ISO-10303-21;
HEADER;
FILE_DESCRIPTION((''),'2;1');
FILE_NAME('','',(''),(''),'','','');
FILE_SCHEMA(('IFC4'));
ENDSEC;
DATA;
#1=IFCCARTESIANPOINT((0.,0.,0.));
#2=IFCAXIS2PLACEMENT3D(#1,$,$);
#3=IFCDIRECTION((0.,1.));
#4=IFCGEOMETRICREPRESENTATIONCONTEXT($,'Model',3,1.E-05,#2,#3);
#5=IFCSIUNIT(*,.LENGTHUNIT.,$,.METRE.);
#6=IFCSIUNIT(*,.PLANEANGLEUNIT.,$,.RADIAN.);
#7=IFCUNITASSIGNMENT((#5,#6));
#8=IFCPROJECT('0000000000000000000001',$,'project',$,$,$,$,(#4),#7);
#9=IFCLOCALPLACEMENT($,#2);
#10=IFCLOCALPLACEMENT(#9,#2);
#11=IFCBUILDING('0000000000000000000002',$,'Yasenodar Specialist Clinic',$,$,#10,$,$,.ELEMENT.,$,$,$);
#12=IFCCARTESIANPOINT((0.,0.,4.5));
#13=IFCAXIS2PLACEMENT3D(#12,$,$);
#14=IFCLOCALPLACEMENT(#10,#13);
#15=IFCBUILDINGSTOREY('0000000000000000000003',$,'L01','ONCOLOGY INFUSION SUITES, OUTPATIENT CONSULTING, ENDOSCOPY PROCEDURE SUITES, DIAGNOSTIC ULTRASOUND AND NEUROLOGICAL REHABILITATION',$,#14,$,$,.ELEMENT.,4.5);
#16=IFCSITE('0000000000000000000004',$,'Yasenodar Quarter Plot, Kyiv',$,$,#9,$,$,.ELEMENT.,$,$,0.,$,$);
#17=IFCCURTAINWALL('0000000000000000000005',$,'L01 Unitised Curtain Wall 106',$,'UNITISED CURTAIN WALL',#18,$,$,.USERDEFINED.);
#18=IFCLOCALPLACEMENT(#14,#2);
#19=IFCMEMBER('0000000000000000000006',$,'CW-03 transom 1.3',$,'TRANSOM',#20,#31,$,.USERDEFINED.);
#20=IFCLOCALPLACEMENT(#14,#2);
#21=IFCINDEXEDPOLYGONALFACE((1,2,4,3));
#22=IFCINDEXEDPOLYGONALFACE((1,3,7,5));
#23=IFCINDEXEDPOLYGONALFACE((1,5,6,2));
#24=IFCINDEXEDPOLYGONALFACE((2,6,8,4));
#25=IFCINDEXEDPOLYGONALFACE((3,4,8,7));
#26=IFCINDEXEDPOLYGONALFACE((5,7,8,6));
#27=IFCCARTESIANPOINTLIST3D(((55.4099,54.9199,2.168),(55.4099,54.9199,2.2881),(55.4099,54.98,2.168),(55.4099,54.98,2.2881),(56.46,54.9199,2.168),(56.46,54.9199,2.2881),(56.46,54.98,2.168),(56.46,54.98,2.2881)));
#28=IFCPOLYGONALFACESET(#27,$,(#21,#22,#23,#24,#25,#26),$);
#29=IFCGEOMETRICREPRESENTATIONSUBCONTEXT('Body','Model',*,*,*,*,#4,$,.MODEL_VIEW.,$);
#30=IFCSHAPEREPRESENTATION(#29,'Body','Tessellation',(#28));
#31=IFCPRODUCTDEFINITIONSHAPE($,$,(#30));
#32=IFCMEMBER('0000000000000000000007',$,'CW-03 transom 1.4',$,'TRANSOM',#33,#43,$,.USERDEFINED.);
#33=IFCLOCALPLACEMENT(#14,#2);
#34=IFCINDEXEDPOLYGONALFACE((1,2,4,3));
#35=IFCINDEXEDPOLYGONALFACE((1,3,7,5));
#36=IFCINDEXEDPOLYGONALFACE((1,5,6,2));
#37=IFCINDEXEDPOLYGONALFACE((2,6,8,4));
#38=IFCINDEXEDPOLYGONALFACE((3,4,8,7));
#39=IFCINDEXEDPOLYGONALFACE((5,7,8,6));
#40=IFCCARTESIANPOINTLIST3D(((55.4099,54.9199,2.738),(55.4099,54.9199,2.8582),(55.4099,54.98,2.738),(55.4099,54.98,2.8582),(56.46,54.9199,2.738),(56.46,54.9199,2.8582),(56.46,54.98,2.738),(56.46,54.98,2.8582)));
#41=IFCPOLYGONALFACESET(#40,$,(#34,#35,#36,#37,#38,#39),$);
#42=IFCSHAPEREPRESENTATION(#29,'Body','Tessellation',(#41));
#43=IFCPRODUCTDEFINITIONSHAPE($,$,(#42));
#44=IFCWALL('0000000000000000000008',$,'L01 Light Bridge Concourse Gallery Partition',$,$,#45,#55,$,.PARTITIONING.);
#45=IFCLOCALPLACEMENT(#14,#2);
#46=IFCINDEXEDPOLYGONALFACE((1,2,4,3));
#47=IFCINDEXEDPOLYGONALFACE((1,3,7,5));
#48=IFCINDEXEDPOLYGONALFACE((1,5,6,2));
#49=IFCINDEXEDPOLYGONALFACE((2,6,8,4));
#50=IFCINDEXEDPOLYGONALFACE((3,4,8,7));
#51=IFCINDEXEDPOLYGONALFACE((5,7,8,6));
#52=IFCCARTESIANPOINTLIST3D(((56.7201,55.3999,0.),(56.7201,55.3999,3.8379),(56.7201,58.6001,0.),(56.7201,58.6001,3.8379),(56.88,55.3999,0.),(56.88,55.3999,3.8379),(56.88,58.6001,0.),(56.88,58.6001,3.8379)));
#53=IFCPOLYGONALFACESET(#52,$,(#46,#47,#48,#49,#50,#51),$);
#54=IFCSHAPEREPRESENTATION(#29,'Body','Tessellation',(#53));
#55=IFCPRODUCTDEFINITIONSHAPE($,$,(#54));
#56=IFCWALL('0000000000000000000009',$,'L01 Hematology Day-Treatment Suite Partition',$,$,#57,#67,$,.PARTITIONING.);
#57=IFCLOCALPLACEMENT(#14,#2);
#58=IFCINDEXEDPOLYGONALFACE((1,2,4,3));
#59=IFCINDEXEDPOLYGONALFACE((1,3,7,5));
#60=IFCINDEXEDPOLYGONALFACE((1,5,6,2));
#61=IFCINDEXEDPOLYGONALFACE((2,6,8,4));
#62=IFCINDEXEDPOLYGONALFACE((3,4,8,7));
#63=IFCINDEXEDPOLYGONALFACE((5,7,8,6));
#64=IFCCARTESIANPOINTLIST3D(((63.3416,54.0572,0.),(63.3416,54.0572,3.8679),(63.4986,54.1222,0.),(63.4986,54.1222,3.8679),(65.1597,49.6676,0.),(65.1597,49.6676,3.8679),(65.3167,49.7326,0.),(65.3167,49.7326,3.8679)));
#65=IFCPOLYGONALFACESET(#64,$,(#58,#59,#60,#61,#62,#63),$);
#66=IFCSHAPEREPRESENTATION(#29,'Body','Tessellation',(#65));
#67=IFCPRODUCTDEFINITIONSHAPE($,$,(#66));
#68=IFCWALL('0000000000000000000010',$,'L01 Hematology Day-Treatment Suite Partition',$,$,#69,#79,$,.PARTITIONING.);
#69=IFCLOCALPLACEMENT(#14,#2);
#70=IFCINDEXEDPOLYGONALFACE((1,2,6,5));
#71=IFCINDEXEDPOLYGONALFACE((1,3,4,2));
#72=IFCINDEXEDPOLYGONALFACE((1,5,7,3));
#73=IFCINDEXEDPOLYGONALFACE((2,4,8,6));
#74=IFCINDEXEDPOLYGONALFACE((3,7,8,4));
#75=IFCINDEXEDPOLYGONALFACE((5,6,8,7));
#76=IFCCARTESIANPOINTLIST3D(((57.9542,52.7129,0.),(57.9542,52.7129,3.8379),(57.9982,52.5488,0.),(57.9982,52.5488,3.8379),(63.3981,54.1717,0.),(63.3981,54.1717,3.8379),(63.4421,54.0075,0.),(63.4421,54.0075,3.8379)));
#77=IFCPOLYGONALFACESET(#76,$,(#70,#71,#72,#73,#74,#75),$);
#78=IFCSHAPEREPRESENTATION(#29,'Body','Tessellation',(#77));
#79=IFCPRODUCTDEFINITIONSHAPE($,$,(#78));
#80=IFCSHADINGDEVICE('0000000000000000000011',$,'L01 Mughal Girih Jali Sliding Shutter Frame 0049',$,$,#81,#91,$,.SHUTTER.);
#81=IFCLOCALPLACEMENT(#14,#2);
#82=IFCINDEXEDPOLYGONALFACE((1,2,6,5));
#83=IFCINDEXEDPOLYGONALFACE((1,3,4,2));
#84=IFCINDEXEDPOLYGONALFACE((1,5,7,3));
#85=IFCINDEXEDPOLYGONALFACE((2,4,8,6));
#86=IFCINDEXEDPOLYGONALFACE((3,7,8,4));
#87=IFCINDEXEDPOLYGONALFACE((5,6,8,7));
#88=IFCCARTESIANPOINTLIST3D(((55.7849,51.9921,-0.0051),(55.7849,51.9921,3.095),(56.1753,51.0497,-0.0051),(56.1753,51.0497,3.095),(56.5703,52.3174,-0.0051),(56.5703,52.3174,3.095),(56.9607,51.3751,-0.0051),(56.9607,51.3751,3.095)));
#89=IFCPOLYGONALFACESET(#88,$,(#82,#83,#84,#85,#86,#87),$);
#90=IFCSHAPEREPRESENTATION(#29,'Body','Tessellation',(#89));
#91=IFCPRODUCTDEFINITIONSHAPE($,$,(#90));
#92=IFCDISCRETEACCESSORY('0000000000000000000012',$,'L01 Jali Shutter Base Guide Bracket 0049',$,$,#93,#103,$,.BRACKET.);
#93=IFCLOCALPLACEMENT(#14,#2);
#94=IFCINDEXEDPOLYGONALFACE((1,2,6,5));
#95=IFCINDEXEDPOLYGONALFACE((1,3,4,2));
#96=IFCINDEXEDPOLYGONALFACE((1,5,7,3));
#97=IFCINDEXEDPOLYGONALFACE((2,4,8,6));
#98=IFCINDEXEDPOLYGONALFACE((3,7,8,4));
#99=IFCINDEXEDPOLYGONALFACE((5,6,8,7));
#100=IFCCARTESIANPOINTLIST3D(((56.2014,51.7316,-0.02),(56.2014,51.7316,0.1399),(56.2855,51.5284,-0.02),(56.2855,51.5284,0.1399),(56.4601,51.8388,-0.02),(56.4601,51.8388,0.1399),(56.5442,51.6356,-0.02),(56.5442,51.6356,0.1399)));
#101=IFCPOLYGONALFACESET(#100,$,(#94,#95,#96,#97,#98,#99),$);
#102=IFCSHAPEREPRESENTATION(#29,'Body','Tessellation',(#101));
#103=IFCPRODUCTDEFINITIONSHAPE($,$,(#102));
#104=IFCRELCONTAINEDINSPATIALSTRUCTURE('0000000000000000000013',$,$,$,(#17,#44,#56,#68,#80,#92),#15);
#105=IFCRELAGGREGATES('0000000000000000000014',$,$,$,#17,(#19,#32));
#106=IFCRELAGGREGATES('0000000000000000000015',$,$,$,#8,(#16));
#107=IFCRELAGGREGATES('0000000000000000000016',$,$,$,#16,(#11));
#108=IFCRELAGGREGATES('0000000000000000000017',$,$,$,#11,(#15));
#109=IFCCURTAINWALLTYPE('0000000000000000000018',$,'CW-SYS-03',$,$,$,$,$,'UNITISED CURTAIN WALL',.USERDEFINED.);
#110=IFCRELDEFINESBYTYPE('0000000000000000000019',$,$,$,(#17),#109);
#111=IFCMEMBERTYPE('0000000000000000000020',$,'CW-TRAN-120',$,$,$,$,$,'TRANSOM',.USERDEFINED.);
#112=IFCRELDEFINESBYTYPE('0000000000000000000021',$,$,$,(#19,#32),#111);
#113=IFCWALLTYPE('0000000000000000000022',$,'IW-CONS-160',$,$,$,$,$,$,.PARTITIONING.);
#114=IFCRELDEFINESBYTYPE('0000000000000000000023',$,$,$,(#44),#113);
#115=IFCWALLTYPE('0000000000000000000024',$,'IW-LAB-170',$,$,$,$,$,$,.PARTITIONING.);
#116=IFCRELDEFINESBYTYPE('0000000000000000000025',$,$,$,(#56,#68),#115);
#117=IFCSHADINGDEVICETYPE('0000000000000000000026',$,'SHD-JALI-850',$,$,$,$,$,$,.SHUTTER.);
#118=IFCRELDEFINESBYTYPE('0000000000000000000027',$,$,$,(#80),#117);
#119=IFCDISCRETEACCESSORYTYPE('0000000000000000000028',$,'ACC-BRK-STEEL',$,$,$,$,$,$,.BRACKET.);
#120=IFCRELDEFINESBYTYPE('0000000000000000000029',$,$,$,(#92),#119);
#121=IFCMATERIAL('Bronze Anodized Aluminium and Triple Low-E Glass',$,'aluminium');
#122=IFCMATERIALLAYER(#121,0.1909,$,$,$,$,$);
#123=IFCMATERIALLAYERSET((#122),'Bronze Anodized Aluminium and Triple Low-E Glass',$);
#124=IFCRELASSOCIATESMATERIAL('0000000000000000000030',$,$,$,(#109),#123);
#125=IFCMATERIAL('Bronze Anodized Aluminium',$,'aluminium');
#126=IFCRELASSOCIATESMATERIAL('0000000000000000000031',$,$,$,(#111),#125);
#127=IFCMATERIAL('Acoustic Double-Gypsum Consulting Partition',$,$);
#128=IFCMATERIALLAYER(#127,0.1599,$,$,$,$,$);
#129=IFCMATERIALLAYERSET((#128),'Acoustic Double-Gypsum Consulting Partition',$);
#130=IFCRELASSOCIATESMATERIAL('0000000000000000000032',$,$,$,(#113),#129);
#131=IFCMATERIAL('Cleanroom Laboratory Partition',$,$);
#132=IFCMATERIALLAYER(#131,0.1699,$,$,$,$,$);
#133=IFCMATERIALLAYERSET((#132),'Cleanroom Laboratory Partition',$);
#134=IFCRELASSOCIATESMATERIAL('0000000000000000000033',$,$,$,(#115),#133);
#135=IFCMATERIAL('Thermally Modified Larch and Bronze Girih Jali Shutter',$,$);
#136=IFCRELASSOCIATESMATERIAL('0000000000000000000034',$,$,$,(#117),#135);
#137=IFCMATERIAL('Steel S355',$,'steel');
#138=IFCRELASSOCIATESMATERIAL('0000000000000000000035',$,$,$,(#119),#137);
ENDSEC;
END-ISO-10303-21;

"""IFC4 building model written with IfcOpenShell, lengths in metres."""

from ifc_helpers import new_model, si_unit, direction, frame, frame_2d, origin, origin_2d, place, context, subcontext, project, spatial, rectangle, extrude, material, layer, layer_set, material_profile, profile_set, type_object, element, aggregate, save


model = new_model("IFC4")

# Units and contexts
model_context = context("Model", 3, precision=1e-05, world=origin(), true_north=direction((0.0, 1.0)))
body_context = subcontext(model_context, "Body", "Model", "MODEL_VIEW")
ifc_project = project(units=[si_unit("LENGTHUNIT", "METRE"), si_unit("PLANEANGLEUNIT", "RADIAN")], contexts=[model_context])

# Site, building, storey
site_placement = place(None, origin())
site = spatial("IfcSite", under=ifc_project, at=site_placement, Name="Yasenodar Quarter Plot, Kyiv", CompositionType="ELEMENT", RefElevation=0.0)
building_placement = place(site_placement, origin())
building = spatial("IfcBuilding", under=site, at=building_placement, Name="Yasenodar Specialist Clinic", CompositionType="ELEMENT")
storey_placement = place(building_placement, frame((0.0, 0.0, 4.5)))
storey = spatial("IfcBuildingStorey", under=building, at=storey_placement, Name="L01", Description="ONCOLOGY INFUSION SUITES, OUTPATIENT CONSULTING, ENDOSCOPY PROCEDURE SUITES, DIAGNOSTIC ULTRASOUND AND NEUROLOGICAL REHABILITATION", CompositionType="ELEMENT", Elevation=4.5)

# Shared definitions
ifc_material_1 = material(Name="Steel S355", Category="steel")

# Curtain wall, members
ifc_material_2 = material(Name="Bronze Anodized Aluminium and Triple Low-E Glass", Category="aluminium")
ifc_layer_1 = layer(ifc_material_2, 0.1909)
ifc_layer_set_1 = layer_set([ifc_layer_1], Name="Bronze Anodized Aluminium and Triple Low-E Glass")
curtain_wall_type = type_object("IfcCurtainWallType", Name="CW-SYS-03", ElementType="UNITISED CURTAIN WALL", PredefinedType="USERDEFINED", material=ifc_layer_set_1)
curtain_wall_placement = place(storey_placement, origin())
curtain_wall = element("IfcCurtainWall", 1, at=curtain_wall_placement, inside=storey, type_object=curtain_wall_type, Name="L01 Unitised Curtain Wall 106", ObjectType="UNITISED CURTAIN WALL", PredefinedType="USERDEFINED")
ifc_material_3 = material(Name="Bronze Anodized Aluminium", Category="aluminium")
ifc_material_profile_1 = material_profile(ifc_material_3, rectangle(XDim=0.0601, YDim=0.1201, at=origin_2d()), Name="CW-TRAN 60x120")
ifc_profile_set_1 = profile_set([ifc_material_profile_1], Name="Bronze Anodized Aluminium")
member_type_1 = type_object("IfcMemberType", Name="CW-TRAN-120", ElementType="TRANSOM", PredefinedType="USERDEFINED", material=ifc_profile_set_1)
member_1_placement = place(storey_placement, frame((56.46, 54.95, 2.228), z_axis=(-1.0, 0.0, 0.0), x_axis=(0.0, -1.0, 0.0)))
member_1 = element("IfcMember", 2, at=member_1_placement, type_object=member_type_1, Name="CW-03 transom 1.3", ObjectType="TRANSOM", PredefinedType="USERDEFINED", context=body_context, shape_type="SweptSolid", body=[
    extrude(rectangle(XDim=0.0601, YDim=0.1201, at=origin_2d()), origin(), (0.0, 0.0, 1.0), 1.05),
])
member_2_placement = place(storey_placement, frame((56.46, 54.95, 2.7981), z_axis=(-1.0, 0.0, 0.0), x_axis=(0.0, -1.0, 0.0)))
member_2 = element("IfcMember", 3, at=member_2_placement, type_object=member_type_1, Name="CW-03 transom 1.4", ObjectType="TRANSOM", PredefinedType="USERDEFINED", context=body_context, shape_type="SweptSolid", body=[
    extrude(rectangle(XDim=0.0601, YDim=0.1201, at=origin_2d()), origin(), (0.0, 0.0, 1.0), 1.05),
])
aggregate(curtain_wall, [member_1, member_2])

# Walls
ifc_material_4 = material(Name="Acoustic Double-Gypsum Consulting Partition")
ifc_layer_2 = layer(ifc_material_4, 0.1599)
ifc_layer_set_2 = layer_set([ifc_layer_2], Name="Acoustic Double-Gypsum Consulting Partition")
wall_type_1 = type_object("IfcWallType", Name="IW-CONS-160", PredefinedType="PARTITIONING", material=ifc_layer_set_2)
wall_1_placement = place(storey_placement, frame((56.8, 58.6001, 0.0), z_axis=(0.0, 0.0, 1.0), x_axis=(0.0, -1.0, 0.0)))
element("IfcWall", 4, at=wall_1_placement, inside=storey, type_object=wall_type_1, Name="L01 Light Bridge Concourse Gallery Partition", PredefinedType="PARTITIONING", context=body_context, shape_type="SweptSolid", body=[
    extrude(rectangle(XDim=3.2002, YDim=0.1599, at=frame_2d((1.6001, 0.0))), origin(), (0.0, 0.0, 1.0), 3.8379),
])
ifc_material_5 = material(Name="Cleanroom Laboratory Partition")
ifc_layer_3 = layer(ifc_material_5, 0.1699)
ifc_layer_set_3 = layer_set([ifc_layer_3], Name="Cleanroom Laboratory Partition")
wall_type_2 = type_object("IfcWallType", Name="IW-LAB-170", PredefinedType="PARTITIONING", material=ifc_layer_set_3)
wall_2_placement = place(storey_placement, frame((63.4202, 54.0896, 0.0), z_axis=(0.0, 0.0, 1.0), x_axis=(0.382659, -0.92389, 0.0)))
element("IfcWall", 5, at=wall_2_placement, inside=storey, type_object=wall_type_2, Name="L01 Hematology Day-Treatment Suite Partition", PredefinedType="PARTITIONING", context=body_context, shape_type="SweptSolid", body=[
    extrude(rectangle(XDim=4.7512, YDim=0.1699, at=frame_2d((2.3755, 0.0))), origin(), (0.0, 0.0, 1.0), 3.8679),
])
wall_3_placement = place(storey_placement, frame((57.9763, 52.6309, 0.0), z_axis=(0.0, 0.0, 1.0), x_axis=(0.965923, 0.25883, 0.0)))
element("IfcWall", 6, at=wall_3_placement, inside=storey, type_object=wall_type_2, Name="L01 Hematology Day-Treatment Suite Partition", PredefinedType="PARTITIONING", context=body_context, shape_type="SweptSolid", body=[
    extrude(rectangle(XDim=5.636, YDim=0.1699, at=frame_2d((2.8179, 0.0))), origin(), (0.0, 0.0, 1.0), 3.8379),
])

# Shading device
ifc_material_6 = material(Name="Thermally Modified Larch and Bronze Girih Jali Shutter")
shading_device_type = type_object("IfcShadingDeviceType", Name="SHD-JALI-850", PredefinedType="SHUTTER", material=ifc_material_6)
shading_device_placement = place(storey_placement, frame((56.3728, 51.6836, -0.0051), z_axis=(0.0, 0.0, 1.0), x_axis=(0.382687, -0.923878, 0.0)))
element("IfcShadingDevice", 7, at=shading_device_placement, inside=storey, type_object=shading_device_type, Name="L01 Mughal Girih Jali Sliding Shutter Frame 0049", PredefinedType="SHUTTER", context=body_context, shape_type="SweptSolid", body=[
    extrude(rectangle(XDim=1.02, YDim=0.8501, at=origin_2d()), origin(), (0.0, 0.0, 1.0), 3.1001),
])

# Discrete accessory
discrete_accessory_type = type_object("IfcDiscreteAccessoryType", Name="ACC-BRK-STEEL", PredefinedType="BRACKET", material=ifc_material_1)
discrete_accessory_placement = place(storey_placement, frame((56.3728, 51.6836, -0.02), z_axis=(0.0, 0.0, 1.0), x_axis=(0.382687, -0.923878, 0.0)))
element("IfcDiscreteAccessory", 8, at=discrete_accessory_placement, inside=storey, type_object=discrete_accessory_type, Name="L01 Jali Shutter Base Guide Bracket 0049", PredefinedType="BRACKET", context=body_context, shape_type="SweptSolid", body=[
    extrude(rectangle(XDim=0.22, YDim=0.28, at=origin_2d()), origin(), (0.0, 0.0, 1.0), 0.1599),
])

save(model, "model.ifc")
